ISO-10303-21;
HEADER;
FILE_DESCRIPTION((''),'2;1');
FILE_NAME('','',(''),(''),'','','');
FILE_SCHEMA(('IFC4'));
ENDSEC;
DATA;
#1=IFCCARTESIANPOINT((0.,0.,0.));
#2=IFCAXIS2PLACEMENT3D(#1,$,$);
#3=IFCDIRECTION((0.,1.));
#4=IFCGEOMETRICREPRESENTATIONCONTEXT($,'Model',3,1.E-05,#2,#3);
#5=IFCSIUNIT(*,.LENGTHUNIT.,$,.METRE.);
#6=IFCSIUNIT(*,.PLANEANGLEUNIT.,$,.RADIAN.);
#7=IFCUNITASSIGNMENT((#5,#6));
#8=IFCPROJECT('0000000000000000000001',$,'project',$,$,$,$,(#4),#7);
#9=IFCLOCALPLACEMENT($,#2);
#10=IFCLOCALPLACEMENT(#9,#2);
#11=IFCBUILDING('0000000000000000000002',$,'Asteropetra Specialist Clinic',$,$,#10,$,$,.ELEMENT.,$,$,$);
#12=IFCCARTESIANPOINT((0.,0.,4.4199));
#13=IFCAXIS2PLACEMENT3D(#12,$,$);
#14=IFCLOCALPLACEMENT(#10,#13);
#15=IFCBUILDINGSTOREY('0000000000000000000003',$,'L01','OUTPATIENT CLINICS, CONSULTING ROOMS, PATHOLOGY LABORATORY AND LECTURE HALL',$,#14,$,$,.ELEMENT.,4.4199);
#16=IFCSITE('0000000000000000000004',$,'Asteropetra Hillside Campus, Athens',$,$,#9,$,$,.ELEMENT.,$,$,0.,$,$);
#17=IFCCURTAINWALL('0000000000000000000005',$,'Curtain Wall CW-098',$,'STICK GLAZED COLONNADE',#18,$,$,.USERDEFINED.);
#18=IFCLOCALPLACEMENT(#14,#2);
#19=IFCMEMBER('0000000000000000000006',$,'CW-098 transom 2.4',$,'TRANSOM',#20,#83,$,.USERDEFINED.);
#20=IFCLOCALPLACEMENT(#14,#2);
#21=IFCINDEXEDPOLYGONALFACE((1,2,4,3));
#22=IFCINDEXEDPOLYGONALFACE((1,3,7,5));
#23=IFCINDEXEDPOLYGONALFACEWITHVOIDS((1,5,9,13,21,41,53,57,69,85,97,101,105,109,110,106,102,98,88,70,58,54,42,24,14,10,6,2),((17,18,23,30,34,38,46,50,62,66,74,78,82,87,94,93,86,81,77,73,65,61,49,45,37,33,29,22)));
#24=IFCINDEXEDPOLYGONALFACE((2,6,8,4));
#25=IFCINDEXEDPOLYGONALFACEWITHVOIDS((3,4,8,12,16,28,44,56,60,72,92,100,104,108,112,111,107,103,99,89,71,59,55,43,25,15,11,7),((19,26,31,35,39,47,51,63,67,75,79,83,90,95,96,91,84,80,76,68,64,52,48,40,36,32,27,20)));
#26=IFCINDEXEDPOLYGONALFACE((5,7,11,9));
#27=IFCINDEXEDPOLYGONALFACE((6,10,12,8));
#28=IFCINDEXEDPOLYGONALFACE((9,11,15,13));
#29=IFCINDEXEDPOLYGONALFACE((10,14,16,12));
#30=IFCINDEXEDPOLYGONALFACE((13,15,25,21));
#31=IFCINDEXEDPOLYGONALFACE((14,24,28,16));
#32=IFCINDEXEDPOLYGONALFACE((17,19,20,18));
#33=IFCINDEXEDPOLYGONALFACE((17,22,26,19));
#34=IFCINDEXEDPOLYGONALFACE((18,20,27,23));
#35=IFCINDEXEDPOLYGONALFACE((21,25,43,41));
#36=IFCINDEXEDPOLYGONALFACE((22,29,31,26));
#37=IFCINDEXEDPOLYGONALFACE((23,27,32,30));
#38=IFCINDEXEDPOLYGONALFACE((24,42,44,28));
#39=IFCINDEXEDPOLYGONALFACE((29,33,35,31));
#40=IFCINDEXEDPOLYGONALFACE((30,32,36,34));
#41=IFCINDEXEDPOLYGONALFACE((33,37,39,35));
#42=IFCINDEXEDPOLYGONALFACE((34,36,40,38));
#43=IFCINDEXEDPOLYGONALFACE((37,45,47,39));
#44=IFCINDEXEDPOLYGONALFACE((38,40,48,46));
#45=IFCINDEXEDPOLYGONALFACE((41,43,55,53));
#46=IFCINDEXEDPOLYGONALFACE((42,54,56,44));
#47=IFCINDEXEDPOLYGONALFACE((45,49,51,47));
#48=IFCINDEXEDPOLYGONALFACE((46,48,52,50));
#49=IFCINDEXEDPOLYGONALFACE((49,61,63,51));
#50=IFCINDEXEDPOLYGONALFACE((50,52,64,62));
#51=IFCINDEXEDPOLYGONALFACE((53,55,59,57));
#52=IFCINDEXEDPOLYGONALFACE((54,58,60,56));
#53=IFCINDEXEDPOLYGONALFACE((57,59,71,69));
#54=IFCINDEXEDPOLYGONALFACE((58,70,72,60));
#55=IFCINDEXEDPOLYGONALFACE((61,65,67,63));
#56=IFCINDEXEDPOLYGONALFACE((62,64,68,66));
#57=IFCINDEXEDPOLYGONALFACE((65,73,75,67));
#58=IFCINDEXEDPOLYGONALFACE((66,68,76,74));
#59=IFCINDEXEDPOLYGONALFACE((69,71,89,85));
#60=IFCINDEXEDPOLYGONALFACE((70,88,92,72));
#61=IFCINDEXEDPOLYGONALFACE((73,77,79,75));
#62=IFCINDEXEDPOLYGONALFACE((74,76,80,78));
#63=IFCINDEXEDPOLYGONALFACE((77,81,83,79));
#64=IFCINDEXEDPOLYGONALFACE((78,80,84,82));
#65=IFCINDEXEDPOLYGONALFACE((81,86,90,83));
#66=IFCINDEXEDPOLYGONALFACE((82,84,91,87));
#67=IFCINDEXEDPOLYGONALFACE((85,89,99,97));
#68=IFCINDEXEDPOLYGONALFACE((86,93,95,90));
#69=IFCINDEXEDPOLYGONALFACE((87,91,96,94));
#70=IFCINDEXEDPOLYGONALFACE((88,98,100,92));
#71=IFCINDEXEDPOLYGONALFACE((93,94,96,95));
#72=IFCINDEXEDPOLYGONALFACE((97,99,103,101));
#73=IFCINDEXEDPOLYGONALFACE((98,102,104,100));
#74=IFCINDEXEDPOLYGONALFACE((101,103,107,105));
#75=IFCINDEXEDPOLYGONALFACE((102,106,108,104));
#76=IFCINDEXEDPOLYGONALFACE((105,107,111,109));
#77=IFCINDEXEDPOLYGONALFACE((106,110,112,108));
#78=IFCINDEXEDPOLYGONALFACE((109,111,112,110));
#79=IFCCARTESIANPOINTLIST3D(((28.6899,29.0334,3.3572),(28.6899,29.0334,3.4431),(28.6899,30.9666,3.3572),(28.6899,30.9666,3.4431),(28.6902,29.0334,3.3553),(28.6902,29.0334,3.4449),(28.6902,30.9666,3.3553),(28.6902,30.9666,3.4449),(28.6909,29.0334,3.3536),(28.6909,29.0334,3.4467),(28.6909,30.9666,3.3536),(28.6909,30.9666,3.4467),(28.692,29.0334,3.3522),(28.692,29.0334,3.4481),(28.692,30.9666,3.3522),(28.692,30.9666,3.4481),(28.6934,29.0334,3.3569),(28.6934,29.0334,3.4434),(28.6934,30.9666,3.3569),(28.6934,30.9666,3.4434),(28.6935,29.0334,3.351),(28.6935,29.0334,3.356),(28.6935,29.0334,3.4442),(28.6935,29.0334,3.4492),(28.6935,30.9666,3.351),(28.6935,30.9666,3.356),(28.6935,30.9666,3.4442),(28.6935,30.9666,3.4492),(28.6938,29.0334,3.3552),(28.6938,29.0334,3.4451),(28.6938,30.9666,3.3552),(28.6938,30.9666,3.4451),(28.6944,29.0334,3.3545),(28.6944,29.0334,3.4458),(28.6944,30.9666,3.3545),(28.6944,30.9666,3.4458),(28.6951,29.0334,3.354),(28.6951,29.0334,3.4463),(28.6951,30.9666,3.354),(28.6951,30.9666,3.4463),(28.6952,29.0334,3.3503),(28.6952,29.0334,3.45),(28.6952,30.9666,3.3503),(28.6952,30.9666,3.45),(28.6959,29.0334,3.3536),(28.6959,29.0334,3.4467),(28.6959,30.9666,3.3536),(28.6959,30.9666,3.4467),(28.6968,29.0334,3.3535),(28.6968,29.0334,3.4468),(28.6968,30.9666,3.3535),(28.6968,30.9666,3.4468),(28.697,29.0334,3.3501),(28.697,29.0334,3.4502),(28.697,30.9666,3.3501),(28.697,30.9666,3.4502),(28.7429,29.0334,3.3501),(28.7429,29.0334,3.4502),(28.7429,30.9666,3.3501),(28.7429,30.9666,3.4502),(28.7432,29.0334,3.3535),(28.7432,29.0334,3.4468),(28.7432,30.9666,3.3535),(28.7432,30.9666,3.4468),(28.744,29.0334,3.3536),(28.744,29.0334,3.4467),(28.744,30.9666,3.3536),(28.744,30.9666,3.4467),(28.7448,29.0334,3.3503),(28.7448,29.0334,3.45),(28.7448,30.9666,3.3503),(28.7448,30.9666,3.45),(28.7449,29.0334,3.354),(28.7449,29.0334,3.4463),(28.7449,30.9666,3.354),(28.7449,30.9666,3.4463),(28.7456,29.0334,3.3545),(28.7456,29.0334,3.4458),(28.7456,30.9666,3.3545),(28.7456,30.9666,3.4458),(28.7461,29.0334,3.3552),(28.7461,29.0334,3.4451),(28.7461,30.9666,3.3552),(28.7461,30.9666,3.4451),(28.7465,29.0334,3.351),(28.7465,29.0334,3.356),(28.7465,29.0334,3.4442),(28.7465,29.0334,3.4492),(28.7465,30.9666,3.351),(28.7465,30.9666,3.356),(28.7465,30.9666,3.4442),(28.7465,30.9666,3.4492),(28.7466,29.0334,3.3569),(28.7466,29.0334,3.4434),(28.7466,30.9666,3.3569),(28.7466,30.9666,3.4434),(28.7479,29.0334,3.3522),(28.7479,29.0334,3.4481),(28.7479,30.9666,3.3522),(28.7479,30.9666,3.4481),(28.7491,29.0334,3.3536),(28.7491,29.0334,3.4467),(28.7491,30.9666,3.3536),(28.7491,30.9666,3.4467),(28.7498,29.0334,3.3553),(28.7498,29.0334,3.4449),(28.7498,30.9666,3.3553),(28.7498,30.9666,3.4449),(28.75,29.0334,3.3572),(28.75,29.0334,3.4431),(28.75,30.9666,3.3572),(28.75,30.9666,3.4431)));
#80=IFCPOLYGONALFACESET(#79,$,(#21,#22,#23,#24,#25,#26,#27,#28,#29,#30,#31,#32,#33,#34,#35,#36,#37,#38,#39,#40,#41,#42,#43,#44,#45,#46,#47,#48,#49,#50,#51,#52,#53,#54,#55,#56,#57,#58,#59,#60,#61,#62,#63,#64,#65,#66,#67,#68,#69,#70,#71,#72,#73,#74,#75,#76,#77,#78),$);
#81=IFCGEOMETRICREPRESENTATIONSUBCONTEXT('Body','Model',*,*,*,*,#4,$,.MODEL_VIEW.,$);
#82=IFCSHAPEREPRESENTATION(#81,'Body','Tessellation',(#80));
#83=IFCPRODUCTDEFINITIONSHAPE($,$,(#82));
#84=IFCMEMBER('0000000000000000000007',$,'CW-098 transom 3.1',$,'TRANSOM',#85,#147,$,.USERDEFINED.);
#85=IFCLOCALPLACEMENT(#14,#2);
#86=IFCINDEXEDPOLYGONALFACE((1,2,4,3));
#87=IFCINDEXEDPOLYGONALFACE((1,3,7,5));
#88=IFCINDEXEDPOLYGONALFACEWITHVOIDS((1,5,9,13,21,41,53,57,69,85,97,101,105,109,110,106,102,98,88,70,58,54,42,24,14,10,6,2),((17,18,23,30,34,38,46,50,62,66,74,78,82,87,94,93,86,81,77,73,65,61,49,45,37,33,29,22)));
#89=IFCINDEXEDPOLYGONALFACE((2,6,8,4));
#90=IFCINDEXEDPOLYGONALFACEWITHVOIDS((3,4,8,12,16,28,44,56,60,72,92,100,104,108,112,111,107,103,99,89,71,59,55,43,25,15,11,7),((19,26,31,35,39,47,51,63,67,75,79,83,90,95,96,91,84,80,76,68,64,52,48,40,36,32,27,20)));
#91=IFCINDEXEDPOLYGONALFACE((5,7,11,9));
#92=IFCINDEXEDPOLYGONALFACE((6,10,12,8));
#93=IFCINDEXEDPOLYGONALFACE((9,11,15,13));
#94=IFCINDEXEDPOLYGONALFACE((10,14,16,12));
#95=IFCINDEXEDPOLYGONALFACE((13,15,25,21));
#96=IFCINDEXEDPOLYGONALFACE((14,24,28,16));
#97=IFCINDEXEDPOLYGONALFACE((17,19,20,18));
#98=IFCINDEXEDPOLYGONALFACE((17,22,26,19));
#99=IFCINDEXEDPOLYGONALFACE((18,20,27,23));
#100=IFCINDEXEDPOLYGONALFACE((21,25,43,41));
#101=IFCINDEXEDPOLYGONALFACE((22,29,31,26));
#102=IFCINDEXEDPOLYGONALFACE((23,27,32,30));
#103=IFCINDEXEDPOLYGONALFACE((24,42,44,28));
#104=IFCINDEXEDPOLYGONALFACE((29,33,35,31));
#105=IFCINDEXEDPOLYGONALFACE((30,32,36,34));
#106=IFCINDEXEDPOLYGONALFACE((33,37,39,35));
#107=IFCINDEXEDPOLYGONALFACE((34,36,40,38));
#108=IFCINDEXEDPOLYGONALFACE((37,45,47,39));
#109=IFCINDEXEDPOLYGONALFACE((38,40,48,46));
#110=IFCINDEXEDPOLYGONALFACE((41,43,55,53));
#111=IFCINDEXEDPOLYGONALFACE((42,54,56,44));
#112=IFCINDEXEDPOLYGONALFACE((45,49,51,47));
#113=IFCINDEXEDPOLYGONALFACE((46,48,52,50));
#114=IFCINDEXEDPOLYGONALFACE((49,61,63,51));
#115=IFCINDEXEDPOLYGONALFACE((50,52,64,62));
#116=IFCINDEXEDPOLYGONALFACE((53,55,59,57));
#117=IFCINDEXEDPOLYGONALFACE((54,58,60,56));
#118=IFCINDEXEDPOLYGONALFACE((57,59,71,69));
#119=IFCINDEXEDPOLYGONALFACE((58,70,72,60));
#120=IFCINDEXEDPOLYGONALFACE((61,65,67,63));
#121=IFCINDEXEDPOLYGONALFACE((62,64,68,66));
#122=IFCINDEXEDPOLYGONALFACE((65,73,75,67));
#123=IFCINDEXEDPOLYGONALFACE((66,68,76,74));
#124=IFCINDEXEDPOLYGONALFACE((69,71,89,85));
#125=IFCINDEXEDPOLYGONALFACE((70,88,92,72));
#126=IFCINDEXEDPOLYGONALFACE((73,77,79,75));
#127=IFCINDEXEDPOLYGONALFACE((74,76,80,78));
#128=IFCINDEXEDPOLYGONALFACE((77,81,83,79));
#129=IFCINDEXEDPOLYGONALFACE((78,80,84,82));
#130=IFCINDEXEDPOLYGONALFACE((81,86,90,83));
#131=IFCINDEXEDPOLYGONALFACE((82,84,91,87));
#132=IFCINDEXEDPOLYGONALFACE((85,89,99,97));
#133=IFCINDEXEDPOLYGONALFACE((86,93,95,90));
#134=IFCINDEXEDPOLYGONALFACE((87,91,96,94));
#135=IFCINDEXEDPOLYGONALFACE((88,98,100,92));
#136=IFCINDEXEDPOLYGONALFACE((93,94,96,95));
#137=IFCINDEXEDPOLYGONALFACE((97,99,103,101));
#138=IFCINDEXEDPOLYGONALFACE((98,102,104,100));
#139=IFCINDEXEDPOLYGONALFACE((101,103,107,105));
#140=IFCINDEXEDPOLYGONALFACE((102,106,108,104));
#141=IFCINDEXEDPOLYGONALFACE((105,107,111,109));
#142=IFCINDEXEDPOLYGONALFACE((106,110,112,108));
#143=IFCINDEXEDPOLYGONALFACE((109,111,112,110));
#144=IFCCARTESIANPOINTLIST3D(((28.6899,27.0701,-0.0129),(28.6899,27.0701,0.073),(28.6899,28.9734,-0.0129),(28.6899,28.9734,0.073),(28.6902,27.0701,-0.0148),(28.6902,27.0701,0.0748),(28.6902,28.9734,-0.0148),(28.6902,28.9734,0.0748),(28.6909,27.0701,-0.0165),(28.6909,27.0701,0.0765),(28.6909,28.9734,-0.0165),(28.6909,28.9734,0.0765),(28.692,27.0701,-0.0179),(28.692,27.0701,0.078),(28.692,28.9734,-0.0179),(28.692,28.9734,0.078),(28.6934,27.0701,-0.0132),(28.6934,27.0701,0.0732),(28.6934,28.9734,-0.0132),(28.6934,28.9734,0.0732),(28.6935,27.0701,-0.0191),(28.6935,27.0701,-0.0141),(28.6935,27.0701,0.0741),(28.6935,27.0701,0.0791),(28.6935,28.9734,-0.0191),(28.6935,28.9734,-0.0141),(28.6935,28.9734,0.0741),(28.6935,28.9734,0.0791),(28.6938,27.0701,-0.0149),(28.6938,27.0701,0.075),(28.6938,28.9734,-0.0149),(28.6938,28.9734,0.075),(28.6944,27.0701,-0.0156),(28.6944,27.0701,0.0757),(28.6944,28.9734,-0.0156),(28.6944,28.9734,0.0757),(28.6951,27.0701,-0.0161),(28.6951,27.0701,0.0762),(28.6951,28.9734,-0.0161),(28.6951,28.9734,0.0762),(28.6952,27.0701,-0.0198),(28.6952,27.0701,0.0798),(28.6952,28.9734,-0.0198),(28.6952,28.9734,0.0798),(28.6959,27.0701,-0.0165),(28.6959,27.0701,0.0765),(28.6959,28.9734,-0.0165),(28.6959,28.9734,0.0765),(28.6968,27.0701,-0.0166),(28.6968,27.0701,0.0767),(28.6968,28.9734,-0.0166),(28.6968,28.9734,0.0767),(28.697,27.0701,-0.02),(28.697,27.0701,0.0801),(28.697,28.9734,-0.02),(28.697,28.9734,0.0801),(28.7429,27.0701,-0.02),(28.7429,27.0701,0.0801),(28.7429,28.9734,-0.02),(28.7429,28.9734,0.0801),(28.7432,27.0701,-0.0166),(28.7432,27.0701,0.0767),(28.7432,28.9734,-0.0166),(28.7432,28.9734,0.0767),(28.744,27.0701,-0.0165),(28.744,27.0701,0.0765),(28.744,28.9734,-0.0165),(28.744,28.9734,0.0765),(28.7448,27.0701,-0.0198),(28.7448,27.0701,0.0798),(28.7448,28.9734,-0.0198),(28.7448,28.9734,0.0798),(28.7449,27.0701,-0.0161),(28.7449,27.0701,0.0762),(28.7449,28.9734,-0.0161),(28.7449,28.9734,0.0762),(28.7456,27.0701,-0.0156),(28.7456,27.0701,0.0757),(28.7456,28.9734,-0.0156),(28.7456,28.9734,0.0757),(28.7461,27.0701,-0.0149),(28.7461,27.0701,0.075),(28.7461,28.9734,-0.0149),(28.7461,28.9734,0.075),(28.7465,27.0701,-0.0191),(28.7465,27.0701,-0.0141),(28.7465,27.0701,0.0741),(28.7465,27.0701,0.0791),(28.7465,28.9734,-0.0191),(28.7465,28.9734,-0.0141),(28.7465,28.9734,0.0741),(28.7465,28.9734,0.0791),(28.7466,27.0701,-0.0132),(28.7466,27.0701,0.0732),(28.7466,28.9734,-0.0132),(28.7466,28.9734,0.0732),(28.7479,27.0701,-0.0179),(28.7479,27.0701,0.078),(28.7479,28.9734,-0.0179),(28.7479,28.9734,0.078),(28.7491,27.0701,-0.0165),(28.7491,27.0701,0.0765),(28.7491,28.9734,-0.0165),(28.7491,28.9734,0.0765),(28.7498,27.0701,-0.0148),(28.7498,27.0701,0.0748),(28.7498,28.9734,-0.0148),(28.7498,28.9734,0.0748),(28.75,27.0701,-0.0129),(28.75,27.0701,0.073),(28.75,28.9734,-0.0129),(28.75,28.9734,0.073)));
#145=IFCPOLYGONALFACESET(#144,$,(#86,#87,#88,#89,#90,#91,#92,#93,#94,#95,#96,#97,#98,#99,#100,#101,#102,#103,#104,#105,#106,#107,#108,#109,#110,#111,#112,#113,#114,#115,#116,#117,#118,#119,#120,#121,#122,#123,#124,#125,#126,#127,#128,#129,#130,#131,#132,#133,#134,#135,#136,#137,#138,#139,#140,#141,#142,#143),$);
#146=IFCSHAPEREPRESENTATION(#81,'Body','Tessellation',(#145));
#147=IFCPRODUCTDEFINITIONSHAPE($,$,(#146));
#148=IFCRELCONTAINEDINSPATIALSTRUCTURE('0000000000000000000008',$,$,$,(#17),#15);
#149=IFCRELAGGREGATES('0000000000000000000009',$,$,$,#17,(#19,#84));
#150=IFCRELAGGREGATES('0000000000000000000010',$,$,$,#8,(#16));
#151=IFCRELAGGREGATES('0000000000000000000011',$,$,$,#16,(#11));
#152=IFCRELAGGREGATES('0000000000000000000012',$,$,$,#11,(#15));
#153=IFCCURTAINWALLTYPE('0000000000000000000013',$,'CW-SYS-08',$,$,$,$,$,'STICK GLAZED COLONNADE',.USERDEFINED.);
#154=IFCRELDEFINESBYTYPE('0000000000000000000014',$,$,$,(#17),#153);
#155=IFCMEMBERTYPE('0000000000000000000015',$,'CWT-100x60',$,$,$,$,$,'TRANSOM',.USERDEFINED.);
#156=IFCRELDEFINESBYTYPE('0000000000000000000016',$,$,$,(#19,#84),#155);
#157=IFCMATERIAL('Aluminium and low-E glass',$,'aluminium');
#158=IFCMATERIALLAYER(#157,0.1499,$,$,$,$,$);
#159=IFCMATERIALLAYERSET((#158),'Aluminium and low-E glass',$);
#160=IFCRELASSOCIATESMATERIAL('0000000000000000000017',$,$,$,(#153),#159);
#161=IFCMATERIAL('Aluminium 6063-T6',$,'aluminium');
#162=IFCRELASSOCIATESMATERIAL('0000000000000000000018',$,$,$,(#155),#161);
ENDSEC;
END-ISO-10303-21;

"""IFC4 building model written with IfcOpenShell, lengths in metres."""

from ifc_helpers import new_model, si_unit, direction, frame, origin, origin_2d, place, context, subcontext, project, spatial, hollow_rectangle, extrude, material, layer, layer_set, material_profile, profile_set, type_object, element, aggregate, save


model = new_model("IFC4")

# Units and contexts
model_context = context("Model", 3, precision=1e-05, world=origin(), true_north=direction((0.0, 1.0)))
body_context = subcontext(model_context, "Body", "Model", "MODEL_VIEW")
ifc_project = project(units=[si_unit("LENGTHUNIT", "METRE"), si_unit("PLANEANGLEUNIT", "RADIAN")], contexts=[model_context])

# Site, building, storey
site_placement = place(None, origin())
site = spatial("IfcSite", under=ifc_project, at=site_placement, Name="Asteropetra Hillside Campus, Athens", CompositionType="ELEMENT", RefElevation=0.0)
building_placement = place(site_placement, origin())
building = spatial("IfcBuilding", under=site, at=building_placement, Name="Asteropetra Specialist Clinic", CompositionType="ELEMENT")
storey_placement = place(building_placement, frame((0.0, 0.0, 4.4199)))
storey = spatial("IfcBuildingStorey", under=building, at=storey_placement, Name="L01", Description="OUTPATIENT CLINICS, CONSULTING ROOMS, PATHOLOGY LABORATORY AND LECTURE HALL", CompositionType="ELEMENT", Elevation=4.4199)

# Curtain wall, members
ifc_material_1 = material(Name="Aluminium and low-E glass", Category="aluminium")
ifc_layer_1 = layer(ifc_material_1, 0.1499)
ifc_layer_set_1 = layer_set([ifc_layer_1], Name="Aluminium and low-E glass")
curtain_wall_type = type_object("IfcCurtainWallType", Name="CW-SYS-08", ElementType="STICK GLAZED COLONNADE", PredefinedType="USERDEFINED", material=ifc_layer_set_1)
curtain_wall_placement = place(storey_placement, origin())
curtain_wall = element("IfcCurtainWall", 1, at=curtain_wall_placement, inside=storey, type_object=curtain_wall_type, Name="Curtain Wall CW-098", ObjectType="STICK GLAZED COLONNADE", PredefinedType="USERDEFINED")
ifc_material_2 = material(Name="Aluminium 6063-T6", Category="aluminium")
ifc_material_profile_1 = material_profile(ifc_material_2, hollow_rectangle(XDim=0.0601, YDim=0.1001, WallThickness=0.0034, InnerFilletRadius=0.0034, OuterFilletRadius=0.0071, at=origin_2d()), Name="TRN 100x60x3.5")
ifc_profile_set_1 = profile_set([ifc_material_profile_1], Name="Aluminium 6063-T6")
member_type_1 = type_object("IfcMemberType", Name="CWT-100x60", ElementType="TRANSOM", PredefinedType="USERDEFINED", material=ifc_profile_set_1)
member_1_placement = place(storey_placement, frame((28.72, 30.9666, 3.4001), z_axis=(0.0, -1.0, 0.0), x_axis=(1.0, 0.0, 0.0)))
member_1 = element("IfcMember", 2, at=member_1_placement, type_object=member_type_1, Name="CW-098 transom 2.4", ObjectType="TRANSOM", PredefinedType="USERDEFINED", context=body_context, shape_type="SweptSolid", body=[
    extrude(hollow_rectangle(XDim=0.0601, YDim=0.1001, WallThickness=0.0034, InnerFilletRadius=0.0034, OuterFilletRadius=0.0071, at=origin_2d()), origin(), (0.0, 0.0, 1.0), 1.9331),
])
member_2_placement = place(storey_placement, frame((28.72, 28.9734, 0.03), z_axis=(0.0, -1.0, 0.0), x_axis=(1.0, 0.0, 0.0)))
member_2 = element("IfcMember", 3, at=member_2_placement, type_object=member_type_1, Name="CW-098 transom 3.1", ObjectType="TRANSOM", PredefinedType="USERDEFINED", context=body_context, shape_type="SweptSolid", body=[
    extrude(hollow_rectangle(XDim=0.0601, YDim=0.1001, WallThickness=0.0034, InnerFilletRadius=0.0034, OuterFilletRadius=0.0071, at=origin_2d()), origin(), (0.0, 0.0, 1.0), 1.9033),
])

aggregate(curtain_wall, [member_1, member_2])

save(model, "model.ifc")
